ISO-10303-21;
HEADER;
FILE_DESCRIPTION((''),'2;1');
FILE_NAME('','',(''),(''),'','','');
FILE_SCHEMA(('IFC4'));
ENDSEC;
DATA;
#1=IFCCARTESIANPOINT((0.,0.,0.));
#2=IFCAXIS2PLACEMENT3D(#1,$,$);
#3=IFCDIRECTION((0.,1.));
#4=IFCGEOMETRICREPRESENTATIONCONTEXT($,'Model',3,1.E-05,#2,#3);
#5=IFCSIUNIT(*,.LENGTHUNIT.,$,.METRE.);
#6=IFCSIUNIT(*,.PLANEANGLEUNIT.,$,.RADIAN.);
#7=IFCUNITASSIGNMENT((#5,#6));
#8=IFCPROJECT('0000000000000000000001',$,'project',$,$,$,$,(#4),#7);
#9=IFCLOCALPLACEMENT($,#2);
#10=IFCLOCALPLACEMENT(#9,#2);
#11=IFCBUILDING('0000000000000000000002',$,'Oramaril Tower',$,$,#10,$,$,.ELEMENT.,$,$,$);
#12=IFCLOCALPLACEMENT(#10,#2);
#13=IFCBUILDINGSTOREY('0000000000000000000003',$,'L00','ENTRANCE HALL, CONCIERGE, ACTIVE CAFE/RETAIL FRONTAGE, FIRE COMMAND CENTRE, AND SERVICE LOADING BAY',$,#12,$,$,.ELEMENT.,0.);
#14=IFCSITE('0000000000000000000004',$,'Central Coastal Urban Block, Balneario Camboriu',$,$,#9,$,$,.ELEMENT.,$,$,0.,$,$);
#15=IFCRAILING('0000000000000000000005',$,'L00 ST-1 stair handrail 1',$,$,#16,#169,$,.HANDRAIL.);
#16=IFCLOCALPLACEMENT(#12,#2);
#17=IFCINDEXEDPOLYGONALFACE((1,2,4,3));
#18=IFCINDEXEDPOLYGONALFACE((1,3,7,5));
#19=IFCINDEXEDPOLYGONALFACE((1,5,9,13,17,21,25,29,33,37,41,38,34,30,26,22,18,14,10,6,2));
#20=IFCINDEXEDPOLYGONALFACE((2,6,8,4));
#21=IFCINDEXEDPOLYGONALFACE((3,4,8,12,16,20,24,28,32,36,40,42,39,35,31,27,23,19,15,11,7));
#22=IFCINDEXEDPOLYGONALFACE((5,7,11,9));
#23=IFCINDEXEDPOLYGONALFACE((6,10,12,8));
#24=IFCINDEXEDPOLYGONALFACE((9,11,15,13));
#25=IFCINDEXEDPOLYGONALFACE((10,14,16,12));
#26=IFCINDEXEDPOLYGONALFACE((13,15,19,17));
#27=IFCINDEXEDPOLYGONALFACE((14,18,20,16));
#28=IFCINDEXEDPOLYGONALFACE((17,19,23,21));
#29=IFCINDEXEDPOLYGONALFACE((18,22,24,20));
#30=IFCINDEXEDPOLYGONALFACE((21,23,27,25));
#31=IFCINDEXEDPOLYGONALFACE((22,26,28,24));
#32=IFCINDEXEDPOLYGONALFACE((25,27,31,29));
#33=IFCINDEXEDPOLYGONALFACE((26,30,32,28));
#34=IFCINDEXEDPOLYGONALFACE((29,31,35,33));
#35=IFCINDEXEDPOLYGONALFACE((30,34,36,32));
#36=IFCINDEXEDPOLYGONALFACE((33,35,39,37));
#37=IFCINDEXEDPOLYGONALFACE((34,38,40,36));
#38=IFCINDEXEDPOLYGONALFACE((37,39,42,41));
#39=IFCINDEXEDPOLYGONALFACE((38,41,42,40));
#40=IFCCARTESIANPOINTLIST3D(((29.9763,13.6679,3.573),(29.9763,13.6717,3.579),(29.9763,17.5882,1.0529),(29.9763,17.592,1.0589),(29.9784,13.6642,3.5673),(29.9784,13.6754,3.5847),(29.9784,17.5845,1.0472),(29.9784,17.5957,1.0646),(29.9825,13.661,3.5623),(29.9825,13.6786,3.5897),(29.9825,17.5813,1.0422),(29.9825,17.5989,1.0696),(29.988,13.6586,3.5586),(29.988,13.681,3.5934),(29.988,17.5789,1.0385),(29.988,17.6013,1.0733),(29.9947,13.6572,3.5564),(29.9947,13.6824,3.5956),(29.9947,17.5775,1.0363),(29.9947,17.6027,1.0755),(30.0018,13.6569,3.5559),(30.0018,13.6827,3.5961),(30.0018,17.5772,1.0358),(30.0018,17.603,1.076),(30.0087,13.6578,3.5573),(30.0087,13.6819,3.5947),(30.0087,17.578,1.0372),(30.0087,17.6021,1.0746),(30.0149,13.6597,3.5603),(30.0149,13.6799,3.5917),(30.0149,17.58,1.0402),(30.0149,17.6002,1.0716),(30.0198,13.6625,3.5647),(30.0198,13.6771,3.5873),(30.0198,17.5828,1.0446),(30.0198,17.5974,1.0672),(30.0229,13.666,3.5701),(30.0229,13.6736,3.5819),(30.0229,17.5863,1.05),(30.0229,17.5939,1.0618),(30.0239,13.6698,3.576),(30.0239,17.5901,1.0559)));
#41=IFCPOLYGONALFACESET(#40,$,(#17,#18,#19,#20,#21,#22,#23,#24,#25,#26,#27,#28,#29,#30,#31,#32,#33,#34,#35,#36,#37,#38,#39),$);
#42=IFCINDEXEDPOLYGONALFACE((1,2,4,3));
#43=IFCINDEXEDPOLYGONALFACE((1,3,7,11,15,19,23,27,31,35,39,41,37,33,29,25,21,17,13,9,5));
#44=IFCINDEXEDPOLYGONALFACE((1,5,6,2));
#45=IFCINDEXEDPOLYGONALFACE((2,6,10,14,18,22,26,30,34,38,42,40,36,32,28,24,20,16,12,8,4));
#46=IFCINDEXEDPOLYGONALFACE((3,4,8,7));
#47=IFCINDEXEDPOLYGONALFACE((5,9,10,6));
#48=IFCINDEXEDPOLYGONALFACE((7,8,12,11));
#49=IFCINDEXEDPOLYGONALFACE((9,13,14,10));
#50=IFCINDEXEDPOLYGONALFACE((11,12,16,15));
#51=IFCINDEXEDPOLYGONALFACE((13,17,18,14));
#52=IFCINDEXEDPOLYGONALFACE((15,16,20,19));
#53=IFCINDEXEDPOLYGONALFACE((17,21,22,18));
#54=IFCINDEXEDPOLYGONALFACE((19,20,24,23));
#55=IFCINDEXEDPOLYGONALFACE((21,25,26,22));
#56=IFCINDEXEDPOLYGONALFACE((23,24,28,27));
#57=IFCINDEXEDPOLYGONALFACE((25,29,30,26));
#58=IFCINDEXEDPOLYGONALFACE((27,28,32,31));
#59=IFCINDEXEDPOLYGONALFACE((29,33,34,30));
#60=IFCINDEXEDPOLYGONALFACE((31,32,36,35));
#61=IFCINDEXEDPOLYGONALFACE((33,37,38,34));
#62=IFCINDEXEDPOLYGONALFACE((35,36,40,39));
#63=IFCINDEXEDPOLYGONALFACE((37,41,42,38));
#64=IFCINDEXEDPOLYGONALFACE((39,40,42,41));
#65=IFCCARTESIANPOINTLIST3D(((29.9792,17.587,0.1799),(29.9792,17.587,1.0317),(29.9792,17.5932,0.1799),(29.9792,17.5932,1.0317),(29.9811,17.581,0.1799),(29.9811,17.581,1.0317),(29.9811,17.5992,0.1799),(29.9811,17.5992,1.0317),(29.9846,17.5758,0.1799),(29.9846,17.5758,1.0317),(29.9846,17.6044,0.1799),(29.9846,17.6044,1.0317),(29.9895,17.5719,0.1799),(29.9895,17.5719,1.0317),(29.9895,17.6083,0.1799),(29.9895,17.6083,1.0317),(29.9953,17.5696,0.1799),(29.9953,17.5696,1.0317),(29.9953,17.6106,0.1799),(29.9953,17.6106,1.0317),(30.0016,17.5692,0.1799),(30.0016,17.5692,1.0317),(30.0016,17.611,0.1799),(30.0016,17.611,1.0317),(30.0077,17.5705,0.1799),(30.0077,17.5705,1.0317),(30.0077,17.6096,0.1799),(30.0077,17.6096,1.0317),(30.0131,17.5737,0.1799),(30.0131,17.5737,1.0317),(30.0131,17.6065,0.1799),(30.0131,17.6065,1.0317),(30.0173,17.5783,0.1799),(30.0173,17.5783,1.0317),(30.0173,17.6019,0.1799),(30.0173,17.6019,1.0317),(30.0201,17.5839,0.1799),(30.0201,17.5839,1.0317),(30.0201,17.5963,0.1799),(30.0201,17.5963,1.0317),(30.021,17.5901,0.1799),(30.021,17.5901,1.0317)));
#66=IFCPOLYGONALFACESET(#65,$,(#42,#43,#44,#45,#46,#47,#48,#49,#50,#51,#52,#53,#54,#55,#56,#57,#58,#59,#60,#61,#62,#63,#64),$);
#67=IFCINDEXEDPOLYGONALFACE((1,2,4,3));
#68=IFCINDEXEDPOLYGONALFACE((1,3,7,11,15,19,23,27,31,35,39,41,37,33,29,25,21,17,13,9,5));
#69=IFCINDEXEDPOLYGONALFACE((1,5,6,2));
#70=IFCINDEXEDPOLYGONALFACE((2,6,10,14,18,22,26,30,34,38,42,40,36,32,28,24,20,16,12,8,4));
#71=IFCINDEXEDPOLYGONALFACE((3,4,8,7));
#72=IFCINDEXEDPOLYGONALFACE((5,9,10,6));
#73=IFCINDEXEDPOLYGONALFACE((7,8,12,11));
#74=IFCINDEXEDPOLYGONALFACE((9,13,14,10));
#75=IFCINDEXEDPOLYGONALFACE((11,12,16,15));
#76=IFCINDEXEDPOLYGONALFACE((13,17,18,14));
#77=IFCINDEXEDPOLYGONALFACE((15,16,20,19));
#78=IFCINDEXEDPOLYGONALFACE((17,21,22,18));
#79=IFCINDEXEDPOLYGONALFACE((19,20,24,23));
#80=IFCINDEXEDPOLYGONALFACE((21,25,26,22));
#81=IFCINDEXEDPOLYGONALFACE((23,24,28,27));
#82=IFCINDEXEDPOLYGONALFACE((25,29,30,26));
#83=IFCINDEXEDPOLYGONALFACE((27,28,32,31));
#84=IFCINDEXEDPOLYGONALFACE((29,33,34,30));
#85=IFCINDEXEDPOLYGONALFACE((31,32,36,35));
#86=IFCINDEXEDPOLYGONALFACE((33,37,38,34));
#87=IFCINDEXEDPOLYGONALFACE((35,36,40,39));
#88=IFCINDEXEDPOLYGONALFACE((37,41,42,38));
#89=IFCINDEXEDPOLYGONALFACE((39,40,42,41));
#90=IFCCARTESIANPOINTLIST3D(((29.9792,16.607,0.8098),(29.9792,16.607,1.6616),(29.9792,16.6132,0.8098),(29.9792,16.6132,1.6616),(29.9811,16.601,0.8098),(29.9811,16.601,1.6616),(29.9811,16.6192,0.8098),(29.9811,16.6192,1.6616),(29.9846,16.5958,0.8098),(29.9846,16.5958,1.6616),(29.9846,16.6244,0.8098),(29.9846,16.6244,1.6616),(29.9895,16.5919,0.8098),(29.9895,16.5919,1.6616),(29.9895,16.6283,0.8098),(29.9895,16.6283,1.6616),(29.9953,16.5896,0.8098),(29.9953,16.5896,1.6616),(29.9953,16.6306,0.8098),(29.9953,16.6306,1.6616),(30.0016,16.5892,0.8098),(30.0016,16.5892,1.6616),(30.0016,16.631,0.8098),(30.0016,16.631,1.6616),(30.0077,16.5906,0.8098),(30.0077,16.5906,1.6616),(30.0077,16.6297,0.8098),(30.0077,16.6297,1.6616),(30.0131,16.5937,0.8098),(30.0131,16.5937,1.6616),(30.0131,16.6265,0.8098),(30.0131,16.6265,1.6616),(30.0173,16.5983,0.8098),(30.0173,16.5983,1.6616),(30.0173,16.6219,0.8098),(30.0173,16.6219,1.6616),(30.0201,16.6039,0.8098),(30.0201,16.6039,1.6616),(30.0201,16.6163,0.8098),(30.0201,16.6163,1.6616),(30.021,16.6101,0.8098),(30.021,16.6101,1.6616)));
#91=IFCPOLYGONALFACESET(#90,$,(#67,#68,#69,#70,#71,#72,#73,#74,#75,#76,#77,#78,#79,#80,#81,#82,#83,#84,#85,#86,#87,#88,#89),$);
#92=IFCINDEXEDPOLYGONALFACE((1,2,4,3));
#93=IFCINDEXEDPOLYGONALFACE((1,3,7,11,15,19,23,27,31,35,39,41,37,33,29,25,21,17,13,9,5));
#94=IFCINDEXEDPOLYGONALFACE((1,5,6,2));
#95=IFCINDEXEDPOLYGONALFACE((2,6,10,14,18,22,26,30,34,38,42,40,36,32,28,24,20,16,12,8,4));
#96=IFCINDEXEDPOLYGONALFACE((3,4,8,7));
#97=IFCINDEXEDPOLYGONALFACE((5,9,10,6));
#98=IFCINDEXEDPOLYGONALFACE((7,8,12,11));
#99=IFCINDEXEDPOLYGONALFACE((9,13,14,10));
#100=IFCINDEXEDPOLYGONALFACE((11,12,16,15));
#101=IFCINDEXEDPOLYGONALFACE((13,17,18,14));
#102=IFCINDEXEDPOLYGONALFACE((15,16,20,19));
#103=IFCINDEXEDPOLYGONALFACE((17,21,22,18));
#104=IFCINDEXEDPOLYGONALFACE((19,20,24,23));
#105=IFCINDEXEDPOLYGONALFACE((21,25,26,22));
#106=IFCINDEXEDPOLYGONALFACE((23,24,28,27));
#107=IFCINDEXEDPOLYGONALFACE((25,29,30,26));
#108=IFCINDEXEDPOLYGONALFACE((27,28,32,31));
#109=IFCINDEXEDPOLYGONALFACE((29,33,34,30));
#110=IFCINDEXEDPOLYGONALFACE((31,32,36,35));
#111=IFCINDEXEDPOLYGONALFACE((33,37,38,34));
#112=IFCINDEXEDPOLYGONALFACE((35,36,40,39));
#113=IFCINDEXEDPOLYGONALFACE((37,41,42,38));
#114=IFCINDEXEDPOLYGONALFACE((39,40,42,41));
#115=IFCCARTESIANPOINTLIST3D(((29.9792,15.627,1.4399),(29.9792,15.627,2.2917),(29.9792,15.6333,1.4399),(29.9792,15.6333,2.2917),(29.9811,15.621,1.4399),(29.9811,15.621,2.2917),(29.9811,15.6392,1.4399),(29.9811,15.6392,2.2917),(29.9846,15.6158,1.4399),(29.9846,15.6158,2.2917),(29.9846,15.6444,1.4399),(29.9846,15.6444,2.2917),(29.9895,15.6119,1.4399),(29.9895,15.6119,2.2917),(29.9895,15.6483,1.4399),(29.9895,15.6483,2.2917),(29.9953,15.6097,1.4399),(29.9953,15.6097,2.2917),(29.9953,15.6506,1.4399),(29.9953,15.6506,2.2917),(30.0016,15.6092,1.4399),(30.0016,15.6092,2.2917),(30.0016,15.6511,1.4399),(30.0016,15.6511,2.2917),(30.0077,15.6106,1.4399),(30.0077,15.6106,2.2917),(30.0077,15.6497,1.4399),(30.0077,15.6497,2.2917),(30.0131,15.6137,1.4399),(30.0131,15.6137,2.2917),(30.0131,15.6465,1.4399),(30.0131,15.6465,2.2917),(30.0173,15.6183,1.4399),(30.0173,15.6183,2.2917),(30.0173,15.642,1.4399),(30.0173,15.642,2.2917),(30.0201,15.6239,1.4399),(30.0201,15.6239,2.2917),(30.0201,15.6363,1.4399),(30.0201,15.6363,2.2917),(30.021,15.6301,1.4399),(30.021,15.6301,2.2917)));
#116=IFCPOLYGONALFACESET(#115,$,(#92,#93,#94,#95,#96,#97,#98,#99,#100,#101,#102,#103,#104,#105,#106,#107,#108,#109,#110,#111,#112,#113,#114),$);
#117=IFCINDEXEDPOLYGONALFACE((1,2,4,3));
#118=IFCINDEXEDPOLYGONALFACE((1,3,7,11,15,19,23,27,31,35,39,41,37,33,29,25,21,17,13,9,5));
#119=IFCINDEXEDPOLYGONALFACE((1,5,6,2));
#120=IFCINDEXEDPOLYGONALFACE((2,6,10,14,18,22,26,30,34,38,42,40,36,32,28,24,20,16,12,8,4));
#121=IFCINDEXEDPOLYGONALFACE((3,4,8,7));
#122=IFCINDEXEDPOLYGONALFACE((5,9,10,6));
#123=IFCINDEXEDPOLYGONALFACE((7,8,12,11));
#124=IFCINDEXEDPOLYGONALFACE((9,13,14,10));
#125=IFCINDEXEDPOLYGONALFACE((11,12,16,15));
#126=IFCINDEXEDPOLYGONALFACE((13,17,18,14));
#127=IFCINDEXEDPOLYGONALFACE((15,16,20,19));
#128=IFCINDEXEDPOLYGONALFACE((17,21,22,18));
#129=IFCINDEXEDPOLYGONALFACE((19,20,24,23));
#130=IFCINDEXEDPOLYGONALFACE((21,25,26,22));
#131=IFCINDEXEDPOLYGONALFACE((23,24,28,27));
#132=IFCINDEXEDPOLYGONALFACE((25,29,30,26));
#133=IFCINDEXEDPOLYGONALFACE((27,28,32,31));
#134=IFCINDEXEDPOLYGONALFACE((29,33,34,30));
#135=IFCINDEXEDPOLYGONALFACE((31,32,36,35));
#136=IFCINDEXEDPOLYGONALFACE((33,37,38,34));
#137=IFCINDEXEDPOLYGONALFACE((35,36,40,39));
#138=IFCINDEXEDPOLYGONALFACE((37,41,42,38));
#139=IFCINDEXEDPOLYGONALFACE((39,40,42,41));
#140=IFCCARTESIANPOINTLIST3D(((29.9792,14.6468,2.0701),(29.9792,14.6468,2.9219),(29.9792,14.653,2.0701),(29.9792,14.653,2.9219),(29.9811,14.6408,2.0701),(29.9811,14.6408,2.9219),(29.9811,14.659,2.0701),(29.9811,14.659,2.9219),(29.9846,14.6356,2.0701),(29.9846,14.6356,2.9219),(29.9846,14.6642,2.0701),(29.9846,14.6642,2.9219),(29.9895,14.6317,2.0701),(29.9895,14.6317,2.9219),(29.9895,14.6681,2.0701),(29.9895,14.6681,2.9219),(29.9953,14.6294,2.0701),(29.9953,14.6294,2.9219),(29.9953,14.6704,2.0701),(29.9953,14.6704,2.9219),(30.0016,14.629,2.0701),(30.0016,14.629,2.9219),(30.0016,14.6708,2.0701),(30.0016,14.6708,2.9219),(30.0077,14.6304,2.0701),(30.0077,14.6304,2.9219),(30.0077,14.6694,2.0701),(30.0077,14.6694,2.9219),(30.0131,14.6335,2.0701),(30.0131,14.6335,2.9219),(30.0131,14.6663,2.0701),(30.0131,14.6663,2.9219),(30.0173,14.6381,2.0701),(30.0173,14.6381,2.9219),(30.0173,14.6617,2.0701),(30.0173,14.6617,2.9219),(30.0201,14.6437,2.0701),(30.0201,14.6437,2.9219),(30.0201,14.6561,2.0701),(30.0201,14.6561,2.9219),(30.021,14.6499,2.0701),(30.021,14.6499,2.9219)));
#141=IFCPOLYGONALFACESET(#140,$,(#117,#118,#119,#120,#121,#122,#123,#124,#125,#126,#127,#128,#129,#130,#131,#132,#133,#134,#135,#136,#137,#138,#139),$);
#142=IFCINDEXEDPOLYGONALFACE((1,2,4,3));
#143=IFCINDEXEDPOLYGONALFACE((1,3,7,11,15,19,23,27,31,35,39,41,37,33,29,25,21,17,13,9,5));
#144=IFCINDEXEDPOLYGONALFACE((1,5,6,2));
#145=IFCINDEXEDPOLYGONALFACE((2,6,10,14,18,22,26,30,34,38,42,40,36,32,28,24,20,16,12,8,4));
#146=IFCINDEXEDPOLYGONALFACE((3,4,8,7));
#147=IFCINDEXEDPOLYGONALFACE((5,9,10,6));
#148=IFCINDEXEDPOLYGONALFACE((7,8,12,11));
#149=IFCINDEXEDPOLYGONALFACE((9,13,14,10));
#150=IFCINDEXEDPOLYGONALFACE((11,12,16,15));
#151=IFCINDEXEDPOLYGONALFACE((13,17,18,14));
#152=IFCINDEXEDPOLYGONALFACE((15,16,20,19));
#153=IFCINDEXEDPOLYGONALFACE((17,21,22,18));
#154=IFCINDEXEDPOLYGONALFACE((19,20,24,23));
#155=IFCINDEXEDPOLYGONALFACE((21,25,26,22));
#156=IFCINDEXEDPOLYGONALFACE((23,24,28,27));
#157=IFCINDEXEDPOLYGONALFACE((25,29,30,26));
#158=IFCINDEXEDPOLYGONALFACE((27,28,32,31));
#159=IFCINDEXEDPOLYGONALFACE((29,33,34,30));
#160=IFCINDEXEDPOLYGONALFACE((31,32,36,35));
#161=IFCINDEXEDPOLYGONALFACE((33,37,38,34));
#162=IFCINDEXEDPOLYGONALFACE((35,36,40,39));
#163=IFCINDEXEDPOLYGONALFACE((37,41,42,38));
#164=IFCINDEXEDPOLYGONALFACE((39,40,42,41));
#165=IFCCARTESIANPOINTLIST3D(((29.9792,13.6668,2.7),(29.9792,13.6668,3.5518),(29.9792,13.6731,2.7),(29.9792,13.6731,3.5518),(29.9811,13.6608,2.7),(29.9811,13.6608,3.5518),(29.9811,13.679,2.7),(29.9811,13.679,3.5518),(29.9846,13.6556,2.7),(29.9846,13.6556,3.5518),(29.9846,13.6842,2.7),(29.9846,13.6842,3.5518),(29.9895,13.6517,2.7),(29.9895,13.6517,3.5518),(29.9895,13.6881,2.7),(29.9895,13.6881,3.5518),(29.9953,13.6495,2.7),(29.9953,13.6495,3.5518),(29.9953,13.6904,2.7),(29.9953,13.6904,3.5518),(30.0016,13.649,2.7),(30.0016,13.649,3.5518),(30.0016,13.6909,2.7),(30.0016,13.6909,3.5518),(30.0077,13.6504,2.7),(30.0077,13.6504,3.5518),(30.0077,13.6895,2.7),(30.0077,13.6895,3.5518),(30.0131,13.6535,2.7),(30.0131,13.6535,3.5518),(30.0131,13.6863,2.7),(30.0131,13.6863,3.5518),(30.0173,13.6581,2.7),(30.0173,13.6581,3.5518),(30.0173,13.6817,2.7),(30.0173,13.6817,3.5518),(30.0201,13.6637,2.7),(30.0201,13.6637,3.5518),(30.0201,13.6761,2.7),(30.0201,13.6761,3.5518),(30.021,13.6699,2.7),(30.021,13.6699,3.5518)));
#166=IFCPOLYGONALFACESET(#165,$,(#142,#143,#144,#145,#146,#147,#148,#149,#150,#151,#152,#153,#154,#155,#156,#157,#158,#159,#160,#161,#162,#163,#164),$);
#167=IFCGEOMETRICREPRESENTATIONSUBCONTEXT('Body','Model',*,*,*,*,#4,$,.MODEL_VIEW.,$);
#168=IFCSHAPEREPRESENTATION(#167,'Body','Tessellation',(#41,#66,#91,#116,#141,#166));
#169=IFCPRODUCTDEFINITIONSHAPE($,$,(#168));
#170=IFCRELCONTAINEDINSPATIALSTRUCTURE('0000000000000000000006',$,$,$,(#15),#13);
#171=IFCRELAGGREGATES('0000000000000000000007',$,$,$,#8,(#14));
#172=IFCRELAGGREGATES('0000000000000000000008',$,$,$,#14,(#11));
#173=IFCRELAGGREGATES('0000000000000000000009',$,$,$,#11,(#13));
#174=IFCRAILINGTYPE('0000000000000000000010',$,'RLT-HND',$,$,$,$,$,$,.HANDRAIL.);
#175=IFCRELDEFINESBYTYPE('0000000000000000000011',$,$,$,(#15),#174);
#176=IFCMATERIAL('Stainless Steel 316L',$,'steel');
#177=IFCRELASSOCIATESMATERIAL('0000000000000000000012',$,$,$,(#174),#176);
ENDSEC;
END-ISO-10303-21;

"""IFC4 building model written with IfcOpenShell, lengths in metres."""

from ifc_helpers import new_model, si_unit, direction, frame, origin, origin_2d, place, context, subcontext, project, spatial, circle, extrude, material, type_object, element, save


model = new_model("IFC4")

# Units and contexts
model_context = context("Model", 3, precision=1e-05, world=origin(), true_north=direction((0.0, 1.0)))
body_context = subcontext(model_context, "Body", "Model", "MODEL_VIEW")
ifc_project = project(units=[si_unit("LENGTHUNIT", "METRE"), si_unit("PLANEANGLEUNIT", "RADIAN")], contexts=[model_context])

# Site, building, storey
site_placement = place(None, origin())
site = spatial("IfcSite", under=ifc_project, at=site_placement, Name="Central Coastal Urban Block, Balneario Camboriu", CompositionType="ELEMENT", RefElevation=0.0)
building_placement = place(site_placement, origin())
building = spatial("IfcBuilding", under=site, at=building_placement, Name="Oramaril Tower", CompositionType="ELEMENT")
storey_placement = place(building_placement, origin())
storey = spatial("IfcBuildingStorey", under=building, at=storey_placement, Name="L00", Description="ENTRANCE HALL, CONCIERGE, ACTIVE CAFE/RETAIL FRONTAGE, FIRE COMMAND CENTRE, AND SERVICE LOADING BAY", CompositionType="ELEMENT", Elevation=0.0)

# Railing
ifc_material_1 = material(Name="Stainless Steel 316L", Category="steel")
railing_type_1 = type_object("IfcRailingType", Name="RLT-HND", PredefinedType="HANDRAIL", material=ifc_material_1)
for number, where, name in (
    (1, (30.0, 17.5901, 0.1799), "L00 ST-1 stair handrail 1"),
):
    element("IfcRailing", number, at=place(storey_placement, frame(where)), inside=storey, type_object=railing_type_1, Name=name, PredefinedType="HANDRAIL", context=body_context, shape_type="SweptSolid", body=[
        extrude(circle(Radius=0.0239, at=origin_2d()), frame((0.0, 0.0, 0.876), z_axis=(0.0, -0.841187, 0.540744), x_axis=(1.0, 0.0, 0.0)), (0.0, 0.0, 1.0), 4.6604),
        extrude(circle(Radius=0.021, at=origin_2d()), origin(), (0.0, 0.0, 1.0), 0.8518),
        extrude(circle(Radius=0.021, at=origin_2d()), frame((0.0, -0.98, 0.6299)), (0.0, 0.0, 1.0), 0.8518),
        extrude(circle(Radius=0.021, at=origin_2d()), frame((0.0, -1.96, 1.26)), (0.0, 0.0, 1.0), 0.8518),
        extrude(circle(Radius=0.021, at=origin_2d()), frame((0.0, -2.9402, 1.8901)), (0.0, 0.0, 1.0), 0.8518),
        extrude(circle(Radius=0.021, at=origin_2d()), frame((0.0, -3.9202, 2.52)), (0.0, 0.0, 1.0), 0.8518),
    ])

save(model, "model.ifc")
